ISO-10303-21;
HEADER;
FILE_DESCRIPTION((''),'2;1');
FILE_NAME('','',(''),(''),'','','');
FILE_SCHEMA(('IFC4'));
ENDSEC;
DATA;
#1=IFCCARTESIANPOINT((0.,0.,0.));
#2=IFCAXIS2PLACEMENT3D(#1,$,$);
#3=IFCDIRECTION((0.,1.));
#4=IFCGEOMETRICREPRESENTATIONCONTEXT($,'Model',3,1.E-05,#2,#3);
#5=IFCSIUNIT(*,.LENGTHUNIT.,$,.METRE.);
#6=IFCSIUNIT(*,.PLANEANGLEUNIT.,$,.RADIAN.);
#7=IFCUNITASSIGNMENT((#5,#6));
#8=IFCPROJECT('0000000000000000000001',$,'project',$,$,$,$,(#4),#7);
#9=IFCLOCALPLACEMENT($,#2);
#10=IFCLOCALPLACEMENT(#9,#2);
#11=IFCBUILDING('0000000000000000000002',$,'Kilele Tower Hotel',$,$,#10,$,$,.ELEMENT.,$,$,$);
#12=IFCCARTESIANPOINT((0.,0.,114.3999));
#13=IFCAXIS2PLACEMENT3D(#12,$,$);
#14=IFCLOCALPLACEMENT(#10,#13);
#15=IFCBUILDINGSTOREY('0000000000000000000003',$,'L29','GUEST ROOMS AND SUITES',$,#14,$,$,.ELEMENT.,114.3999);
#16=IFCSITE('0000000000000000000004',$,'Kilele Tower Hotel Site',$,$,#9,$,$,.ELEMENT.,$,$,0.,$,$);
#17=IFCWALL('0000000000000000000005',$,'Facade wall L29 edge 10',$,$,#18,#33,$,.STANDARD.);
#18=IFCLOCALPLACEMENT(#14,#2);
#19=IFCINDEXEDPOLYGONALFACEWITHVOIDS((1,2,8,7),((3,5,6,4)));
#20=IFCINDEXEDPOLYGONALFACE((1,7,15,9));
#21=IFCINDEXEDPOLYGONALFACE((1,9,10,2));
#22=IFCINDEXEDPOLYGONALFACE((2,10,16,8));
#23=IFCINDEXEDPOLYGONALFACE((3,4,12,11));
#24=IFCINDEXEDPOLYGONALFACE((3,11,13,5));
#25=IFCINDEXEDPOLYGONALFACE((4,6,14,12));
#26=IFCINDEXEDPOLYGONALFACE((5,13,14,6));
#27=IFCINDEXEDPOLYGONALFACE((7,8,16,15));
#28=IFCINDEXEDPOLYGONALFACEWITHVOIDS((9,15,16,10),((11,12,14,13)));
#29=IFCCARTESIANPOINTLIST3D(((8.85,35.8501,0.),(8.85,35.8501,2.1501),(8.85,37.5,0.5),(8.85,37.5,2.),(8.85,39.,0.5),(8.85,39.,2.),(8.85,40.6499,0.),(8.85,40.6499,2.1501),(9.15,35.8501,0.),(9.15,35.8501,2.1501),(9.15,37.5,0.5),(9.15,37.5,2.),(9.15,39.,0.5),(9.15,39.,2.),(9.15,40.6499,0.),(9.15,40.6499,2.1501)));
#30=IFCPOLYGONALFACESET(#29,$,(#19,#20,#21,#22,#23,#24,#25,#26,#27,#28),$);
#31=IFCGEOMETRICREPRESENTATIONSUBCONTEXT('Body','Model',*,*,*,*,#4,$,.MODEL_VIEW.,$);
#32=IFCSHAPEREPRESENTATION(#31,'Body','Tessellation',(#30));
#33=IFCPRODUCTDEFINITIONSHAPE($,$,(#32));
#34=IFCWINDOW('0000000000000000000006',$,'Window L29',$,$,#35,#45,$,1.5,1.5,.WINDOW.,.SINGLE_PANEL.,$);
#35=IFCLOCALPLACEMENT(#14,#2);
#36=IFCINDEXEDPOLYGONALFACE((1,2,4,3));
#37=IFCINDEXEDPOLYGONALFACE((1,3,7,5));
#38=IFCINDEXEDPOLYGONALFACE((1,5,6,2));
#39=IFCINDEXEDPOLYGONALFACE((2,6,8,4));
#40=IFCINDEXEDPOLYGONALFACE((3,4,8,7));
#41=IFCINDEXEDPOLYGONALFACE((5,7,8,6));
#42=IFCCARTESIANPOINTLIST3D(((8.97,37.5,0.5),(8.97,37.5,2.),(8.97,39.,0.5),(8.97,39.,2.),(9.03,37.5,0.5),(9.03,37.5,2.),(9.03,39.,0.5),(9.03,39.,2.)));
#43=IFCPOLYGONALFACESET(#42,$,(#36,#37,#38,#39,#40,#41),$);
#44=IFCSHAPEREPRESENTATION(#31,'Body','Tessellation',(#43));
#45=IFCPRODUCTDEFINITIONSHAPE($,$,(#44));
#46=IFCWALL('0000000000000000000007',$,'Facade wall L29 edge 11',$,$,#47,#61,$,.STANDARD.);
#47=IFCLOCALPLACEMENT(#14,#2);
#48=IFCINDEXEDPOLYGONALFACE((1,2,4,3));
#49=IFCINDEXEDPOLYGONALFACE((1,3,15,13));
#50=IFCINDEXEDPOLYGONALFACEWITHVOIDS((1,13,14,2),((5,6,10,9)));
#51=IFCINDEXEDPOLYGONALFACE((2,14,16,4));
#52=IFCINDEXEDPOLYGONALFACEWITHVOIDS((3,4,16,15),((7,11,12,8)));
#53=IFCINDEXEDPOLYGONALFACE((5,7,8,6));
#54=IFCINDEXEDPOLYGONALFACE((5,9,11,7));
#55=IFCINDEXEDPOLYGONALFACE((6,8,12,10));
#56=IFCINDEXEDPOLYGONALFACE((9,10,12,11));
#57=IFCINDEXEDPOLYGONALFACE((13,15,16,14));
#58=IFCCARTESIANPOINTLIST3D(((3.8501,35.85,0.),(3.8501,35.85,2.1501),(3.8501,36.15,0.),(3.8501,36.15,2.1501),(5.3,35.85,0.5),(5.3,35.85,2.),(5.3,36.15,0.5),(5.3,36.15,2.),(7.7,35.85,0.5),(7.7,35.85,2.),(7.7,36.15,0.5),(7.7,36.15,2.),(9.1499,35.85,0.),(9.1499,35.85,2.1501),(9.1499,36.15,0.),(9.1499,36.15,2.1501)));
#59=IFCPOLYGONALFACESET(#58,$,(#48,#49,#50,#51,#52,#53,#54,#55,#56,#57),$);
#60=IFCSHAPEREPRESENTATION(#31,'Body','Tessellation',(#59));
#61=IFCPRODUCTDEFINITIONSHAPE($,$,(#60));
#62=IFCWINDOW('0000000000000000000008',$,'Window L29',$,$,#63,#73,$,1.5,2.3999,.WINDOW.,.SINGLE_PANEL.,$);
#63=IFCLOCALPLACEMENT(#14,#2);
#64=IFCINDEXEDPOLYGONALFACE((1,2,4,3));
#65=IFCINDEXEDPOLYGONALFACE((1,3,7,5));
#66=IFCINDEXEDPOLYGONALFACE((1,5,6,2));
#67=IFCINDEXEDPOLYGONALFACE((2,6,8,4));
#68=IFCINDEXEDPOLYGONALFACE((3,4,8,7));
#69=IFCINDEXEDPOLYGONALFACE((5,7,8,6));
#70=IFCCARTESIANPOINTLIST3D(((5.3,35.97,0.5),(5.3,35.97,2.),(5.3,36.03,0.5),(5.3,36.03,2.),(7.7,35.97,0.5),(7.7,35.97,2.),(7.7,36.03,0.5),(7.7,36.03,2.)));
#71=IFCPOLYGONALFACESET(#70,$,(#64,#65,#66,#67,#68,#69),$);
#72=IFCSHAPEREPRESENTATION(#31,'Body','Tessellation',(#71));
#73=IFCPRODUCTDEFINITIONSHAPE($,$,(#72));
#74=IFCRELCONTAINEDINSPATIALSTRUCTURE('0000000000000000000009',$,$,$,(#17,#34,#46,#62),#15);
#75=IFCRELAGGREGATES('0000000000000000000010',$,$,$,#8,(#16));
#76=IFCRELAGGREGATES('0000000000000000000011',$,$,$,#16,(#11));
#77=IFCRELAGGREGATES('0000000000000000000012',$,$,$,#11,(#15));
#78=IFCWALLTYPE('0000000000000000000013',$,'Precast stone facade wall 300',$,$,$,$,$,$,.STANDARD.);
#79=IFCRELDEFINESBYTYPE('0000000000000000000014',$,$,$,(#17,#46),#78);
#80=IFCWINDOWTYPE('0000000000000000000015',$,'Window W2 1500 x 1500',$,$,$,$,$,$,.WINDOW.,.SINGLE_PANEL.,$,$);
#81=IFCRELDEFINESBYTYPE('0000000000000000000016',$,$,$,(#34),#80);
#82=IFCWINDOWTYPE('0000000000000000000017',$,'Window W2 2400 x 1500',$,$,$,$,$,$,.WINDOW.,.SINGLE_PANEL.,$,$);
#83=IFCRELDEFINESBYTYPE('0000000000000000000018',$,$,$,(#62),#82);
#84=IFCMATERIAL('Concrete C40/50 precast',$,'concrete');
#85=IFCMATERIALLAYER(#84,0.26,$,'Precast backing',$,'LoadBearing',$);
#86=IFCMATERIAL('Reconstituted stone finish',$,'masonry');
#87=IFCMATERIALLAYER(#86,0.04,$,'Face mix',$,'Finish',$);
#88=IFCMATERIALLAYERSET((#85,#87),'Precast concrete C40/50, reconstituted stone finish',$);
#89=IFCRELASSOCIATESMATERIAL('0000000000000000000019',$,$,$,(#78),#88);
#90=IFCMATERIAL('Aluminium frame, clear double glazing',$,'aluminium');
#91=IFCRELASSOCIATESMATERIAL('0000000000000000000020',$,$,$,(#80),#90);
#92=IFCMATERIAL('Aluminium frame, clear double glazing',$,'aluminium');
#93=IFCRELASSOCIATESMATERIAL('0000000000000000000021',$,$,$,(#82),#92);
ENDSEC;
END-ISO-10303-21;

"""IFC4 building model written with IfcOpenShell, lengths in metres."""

from ifc_helpers import new_model, si_unit, direction, frame, frame_2d, origin, place, context, subcontext, project, spatial, rectangle, extrude, material, layer, layer_set, type_object, element, fill, save


model = new_model("IFC4")

# Units and contexts
model_context = context("Model", 3, precision=1e-05, world=origin(), true_north=direction((0.0, 1.0)))
body_context = subcontext(model_context, "Body", "Model", "MODEL_VIEW")
ifc_project = project(units=[si_unit("LENGTHUNIT", "METRE"), si_unit("PLANEANGLEUNIT", "RADIAN")], contexts=[model_context])

# Site, building, storey
site_placement = place(None, origin())
site = spatial("IfcSite", under=ifc_project, at=site_placement, Name="Kilele Tower Hotel Site", CompositionType="ELEMENT", RefElevation=0.0)
building_placement = place(site_placement, origin())
building = spatial("IfcBuilding", under=site, at=building_placement, Name="Kilele Tower Hotel", CompositionType="ELEMENT")
storey_placement = place(building_placement, frame((0.0, 0.0, 114.3999)))
storey = spatial("IfcBuildingStorey", under=building, at=storey_placement, Name="L29", Description="GUEST ROOMS AND SUITES", CompositionType="ELEMENT", Elevation=114.3999)

# Walls, openings, windows
ifc_material_1 = material(Name="Concrete C40/50 precast", Category="concrete")
ifc_layer_1 = layer(ifc_material_1, 0.26, Name="Precast backing", Category="LoadBearing")
ifc_material_2 = material(Name="Reconstituted stone finish", Category="masonry")
ifc_layer_2 = layer(ifc_material_2, 0.04, Name="Face mix", Category="Finish")
ifc_layer_set_1 = layer_set([ifc_layer_1, ifc_layer_2], Name="Precast concrete C40/50, reconstituted stone finish")
wall_type_1 = type_object("IfcWallType", Name="Precast stone facade wall 300", PredefinedType="STANDARD", material=ifc_layer_set_1)
wall_1_placement = place(storey_placement, frame((9.0, 40.6499, 0.0), z_axis=(0.0, 0.0, 1.0), x_axis=(0.0, -1.0, 0.0)))
wall_1 = element("IfcWall", 1, at=wall_1_placement, inside=storey, type_object=wall_type_1, Name="Facade wall L29 edge 10", PredefinedType="STANDARD", context=body_context, shape_type="SweptSolid", body=[
    extrude(rectangle(XDim=4.7998, YDim=0.3, at=frame_2d((2.3999, 0.0))), origin(), (0.0, 0.0, 1.0), 2.1501),
])
opening_1_placement = place(wall_1_placement, frame((1.6499, 0.0, 0.5)))
opening_1 = element("IfcOpeningElement", 2, at=opening_1_placement, cuts=wall_1, PredefinedType="OPENING", context=body_context, shape_type="SweptSolid", body=[
    extrude(rectangle(XDim=1.5, YDim=1.5, at=frame_2d((0.75, 0.75))), frame((0.0, 0.1599, 0.0), z_axis=(0.0, -1.0, 0.0), x_axis=(1.0, 0.0, 0.0)), (0.0, 0.0, 1.0), 0.3201),
])
ifc_material_3 = material(Name="Aluminium frame, clear double glazing", Category="aluminium")
window_type_1 = type_object("IfcWindowType", Name="Window W2 1500 x 1500", PartitioningType="SINGLE_PANEL", PredefinedType="WINDOW", material=ifc_material_3)
window_1_placement = place(opening_1_placement, origin())
window_1 = element("IfcWindow", 3, at=window_1_placement, inside=storey, type_object=window_type_1, Name="Window L29", OverallHeight=1.5, OverallWidth=1.5, PartitioningType="SINGLE_PANEL", PredefinedType="WINDOW", context=body_context, shape_type="SweptSolid", body=[
    extrude(rectangle(XDim=1.5, YDim=1.5, at=frame_2d((0.75, 0.75))), frame((0.0, 0.03, 0.0), z_axis=(0.0, -1.0, 0.0), x_axis=(1.0, 0.0, 0.0)), (0.0, 0.0, 1.0), 0.0601),
])
fill(opening_1, window_1)
wall_2_placement = place(storey_placement, frame((9.1499, 36.0, 0.0), z_axis=(0.0, 0.0, 1.0), x_axis=(-1.0, 0.0, 0.0)))
wall_2 = element("IfcWall", 4, at=wall_2_placement, inside=storey, type_object=wall_type_1, Name="Facade wall L29 edge 11", PredefinedType="STANDARD", context=body_context, shape_type="SweptSolid", body=[
    extrude(rectangle(XDim=5.2998, YDim=0.3, at=frame_2d((2.6499, 0.0))), origin(), (0.0, 0.0, 1.0), 2.1501),
])
opening_2_placement = place(wall_2_placement, frame((1.45, 0.0, 0.5)))
opening_2 = element("IfcOpeningElement", 5, at=opening_2_placement, cuts=wall_2, PredefinedType="OPENING", context=body_context, shape_type="SweptSolid", body=[
    extrude(rectangle(XDim=2.3999, YDim=1.5, at=frame_2d((1.2, 0.75))), frame((0.0, 0.1599, 0.0), z_axis=(0.0, -1.0, 0.0), x_axis=(1.0, 0.0, 0.0)), (0.0, 0.0, 1.0), 0.3201),
])
ifc_material_4 = material(Name="Aluminium frame, clear double glazing", Category="aluminium")
window_type_2 = type_object("IfcWindowType", Name="Window W2 2400 x 1500", PartitioningType="SINGLE_PANEL", PredefinedType="WINDOW", material=ifc_material_4)
window_2_placement = place(opening_2_placement, origin())
window_2 = element("IfcWindow", 6, at=window_2_placement, inside=storey, type_object=window_type_2, Name="Window L29", OverallHeight=1.5, OverallWidth=2.3999, PartitioningType="SINGLE_PANEL", PredefinedType="WINDOW", context=body_context, shape_type="SweptSolid", body=[
    extrude(rectangle(XDim=2.3999, YDim=1.5, at=frame_2d((1.2, 0.75))), frame((0.0, 0.03, 0.0), z_axis=(0.0, -1.0, 0.0), x_axis=(1.0, 0.0, 0.0)), (0.0, 0.0, 1.0), 0.0601),
])
fill(opening_2, window_2)

save(model, "model.ifc")
